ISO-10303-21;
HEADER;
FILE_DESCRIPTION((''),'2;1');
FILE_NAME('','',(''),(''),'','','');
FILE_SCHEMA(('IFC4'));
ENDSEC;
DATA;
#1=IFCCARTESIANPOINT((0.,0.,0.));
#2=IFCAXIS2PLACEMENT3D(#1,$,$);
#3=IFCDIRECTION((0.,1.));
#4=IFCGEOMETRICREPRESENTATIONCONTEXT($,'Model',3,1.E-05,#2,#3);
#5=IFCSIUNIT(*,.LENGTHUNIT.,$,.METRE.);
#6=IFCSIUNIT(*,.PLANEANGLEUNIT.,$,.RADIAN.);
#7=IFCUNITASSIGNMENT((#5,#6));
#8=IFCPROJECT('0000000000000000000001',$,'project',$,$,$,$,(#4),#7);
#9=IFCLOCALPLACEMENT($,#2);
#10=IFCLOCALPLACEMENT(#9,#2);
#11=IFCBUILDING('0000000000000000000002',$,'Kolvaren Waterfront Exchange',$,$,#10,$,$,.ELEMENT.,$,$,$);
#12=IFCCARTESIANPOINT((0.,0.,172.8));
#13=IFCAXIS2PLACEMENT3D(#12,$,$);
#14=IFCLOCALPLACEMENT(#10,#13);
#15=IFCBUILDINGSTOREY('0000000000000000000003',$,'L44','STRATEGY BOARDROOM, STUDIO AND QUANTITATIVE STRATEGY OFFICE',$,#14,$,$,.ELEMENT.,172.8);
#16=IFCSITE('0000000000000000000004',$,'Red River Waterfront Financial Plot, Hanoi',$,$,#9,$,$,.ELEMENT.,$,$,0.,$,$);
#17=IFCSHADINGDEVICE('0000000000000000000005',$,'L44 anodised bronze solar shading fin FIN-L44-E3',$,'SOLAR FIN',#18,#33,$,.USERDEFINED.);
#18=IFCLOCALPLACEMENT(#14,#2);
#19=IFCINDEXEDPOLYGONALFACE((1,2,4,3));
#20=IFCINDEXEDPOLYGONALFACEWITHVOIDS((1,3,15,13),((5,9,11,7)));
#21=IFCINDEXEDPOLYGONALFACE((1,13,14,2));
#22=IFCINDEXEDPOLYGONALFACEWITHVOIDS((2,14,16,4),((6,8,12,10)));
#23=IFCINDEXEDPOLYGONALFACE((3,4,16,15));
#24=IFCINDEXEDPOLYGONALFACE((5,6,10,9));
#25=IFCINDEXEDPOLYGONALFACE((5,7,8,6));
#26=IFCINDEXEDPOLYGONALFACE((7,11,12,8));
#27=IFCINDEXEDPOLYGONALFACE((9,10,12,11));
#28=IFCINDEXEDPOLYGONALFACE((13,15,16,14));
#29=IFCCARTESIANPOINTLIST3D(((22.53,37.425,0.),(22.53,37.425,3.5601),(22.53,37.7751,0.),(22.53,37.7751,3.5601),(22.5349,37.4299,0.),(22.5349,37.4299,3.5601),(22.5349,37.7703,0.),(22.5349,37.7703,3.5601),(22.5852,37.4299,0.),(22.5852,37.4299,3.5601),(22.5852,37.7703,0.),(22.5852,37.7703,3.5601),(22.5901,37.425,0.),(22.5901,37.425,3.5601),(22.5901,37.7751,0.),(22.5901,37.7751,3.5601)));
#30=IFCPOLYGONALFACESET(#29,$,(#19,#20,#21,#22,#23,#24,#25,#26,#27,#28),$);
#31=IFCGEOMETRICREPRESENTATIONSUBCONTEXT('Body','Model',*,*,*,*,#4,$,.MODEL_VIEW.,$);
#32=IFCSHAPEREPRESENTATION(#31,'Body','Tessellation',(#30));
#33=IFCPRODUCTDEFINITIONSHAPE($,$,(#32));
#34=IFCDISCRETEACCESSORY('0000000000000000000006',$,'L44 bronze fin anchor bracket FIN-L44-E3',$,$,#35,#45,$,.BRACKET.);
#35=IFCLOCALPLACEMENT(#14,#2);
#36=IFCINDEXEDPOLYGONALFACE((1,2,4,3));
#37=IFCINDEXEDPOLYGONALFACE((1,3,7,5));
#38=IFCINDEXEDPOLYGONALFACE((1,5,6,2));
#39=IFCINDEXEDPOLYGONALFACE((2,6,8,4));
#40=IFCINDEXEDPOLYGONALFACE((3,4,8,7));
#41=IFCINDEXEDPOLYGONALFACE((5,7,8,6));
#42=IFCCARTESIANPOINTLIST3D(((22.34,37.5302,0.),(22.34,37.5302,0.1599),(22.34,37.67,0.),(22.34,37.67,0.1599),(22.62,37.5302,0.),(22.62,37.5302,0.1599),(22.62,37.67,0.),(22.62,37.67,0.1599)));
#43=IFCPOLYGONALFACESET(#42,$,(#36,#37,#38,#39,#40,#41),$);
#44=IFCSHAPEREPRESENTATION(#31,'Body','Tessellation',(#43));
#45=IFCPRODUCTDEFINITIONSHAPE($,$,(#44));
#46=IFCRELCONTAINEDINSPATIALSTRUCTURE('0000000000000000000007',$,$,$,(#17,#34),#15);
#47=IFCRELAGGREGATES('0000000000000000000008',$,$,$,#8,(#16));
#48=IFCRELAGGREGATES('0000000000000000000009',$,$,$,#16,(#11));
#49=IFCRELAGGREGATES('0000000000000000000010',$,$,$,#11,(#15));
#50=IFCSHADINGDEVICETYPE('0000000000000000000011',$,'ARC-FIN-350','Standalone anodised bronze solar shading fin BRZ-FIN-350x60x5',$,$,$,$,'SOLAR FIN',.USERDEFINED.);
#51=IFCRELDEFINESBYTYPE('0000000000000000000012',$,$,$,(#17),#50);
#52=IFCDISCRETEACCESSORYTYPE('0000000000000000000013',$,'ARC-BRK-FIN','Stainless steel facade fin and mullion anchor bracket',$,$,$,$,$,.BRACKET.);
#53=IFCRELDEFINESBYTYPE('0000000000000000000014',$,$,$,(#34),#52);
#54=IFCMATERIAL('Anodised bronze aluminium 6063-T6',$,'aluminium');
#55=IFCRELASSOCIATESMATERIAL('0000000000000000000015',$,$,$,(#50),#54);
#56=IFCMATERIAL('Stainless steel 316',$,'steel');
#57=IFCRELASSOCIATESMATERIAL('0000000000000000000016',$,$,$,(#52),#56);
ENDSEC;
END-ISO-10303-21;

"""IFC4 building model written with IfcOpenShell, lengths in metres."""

from ifc_helpers import new_model, si_unit, direction, frame, origin, origin_with_axes, origin_2d, place, context, subcontext, project, spatial, rectangle, hollow_rectangle, extrude, source, transform, mapped, material, material_profile, profile_set, type_object, element, save


model = new_model("IFC4")

# Units and contexts
model_context = context("Model", 3, precision=1e-05, world=origin(), true_north=direction((0.0, 1.0)))
body_context = subcontext(model_context, "Body", "Model", "MODEL_VIEW")
ifc_project = project(units=[si_unit("LENGTHUNIT", "METRE"), si_unit("PLANEANGLEUNIT", "RADIAN")], contexts=[model_context])

# Site, building, storey
site_placement = place(None, origin())
site = spatial("IfcSite", under=ifc_project, at=site_placement, Name="Red River Waterfront Financial Plot, Hanoi", CompositionType="ELEMENT", RefElevation=0.0)
building_placement = place(site_placement, origin())
building = spatial("IfcBuilding", under=site, at=building_placement, Name="Kolvaren Waterfront Exchange", CompositionType="ELEMENT")
storey_placement = place(building_placement, frame((0.0, 0.0, 172.8)))
storey = spatial("IfcBuildingStorey", under=building, at=storey_placement, Name="L44", Description="STRATEGY BOARDROOM, STUDIO AND QUANTITATIVE STRATEGY OFFICE", CompositionType="ELEMENT", Elevation=172.8)

# Shared definitions
ifc_material_1 = material(Name="Anodised bronze aluminium 6063-T6", Category="aluminium")

# Shading device
ifc_material_profile_1 = material_profile(ifc_material_1, hollow_rectangle(XDim=0.0601, YDim=0.3501, WallThickness=0.0049, at=origin_2d()), Name="BRZ-FIN-350x60x5")
ifc_profile_set_1 = profile_set([ifc_material_profile_1], Name="Anodised bronze aluminium 6063-T6")
shading_device_type = type_object("IfcShadingDeviceType", Name="ARC-FIN-350", Description="Standalone anodised bronze solar shading fin BRZ-FIN-350x60x5", ElementType="SOLAR FIN", PredefinedType="USERDEFINED", material=ifc_profile_set_1)
shading_device_placement = place(storey_placement, frame((22.5601, 37.6001, 0.0), z_axis=(0.0, 0.0, 1.0), x_axis=(1.0, 0.0, 0.0)))
element("IfcShadingDevice", 1, at=shading_device_placement, inside=storey, type_object=shading_device_type, Name="L44 anodised bronze solar shading fin FIN-L44-E3", ObjectType="SOLAR FIN", PredefinedType="USERDEFINED", context=body_context, shape_type="SweptSolid", body=[
    extrude(hollow_rectangle(XDim=0.0601, YDim=0.3501, WallThickness=0.0049, at=origin_2d()), origin(), (0.0, 0.0, 1.0), 3.5601),
])

# Discrete accessory
ifc_material_2 = material(Name="Stainless steel 316", Category="steel")
discrete_accessory_type = type_object("IfcDiscreteAccessoryType", Name="ARC-BRK-FIN", Description="Stainless steel facade fin and mullion anchor bracket", PredefinedType="BRACKET", material=ifc_material_2)
shared_shape_1 = source(origin_with_axes(), body_context, "Body", "SweptSolid", [
    extrude(rectangle(XDim=0.28, YDim=0.1399, at=origin_2d()), origin(), (0.0, 0.0, 1.0), 0.1599),
])
discrete_accessory_placement = place(storey_placement, frame((22.48, 37.6001, 0.0), z_axis=(0.0, 0.0, 1.0), x_axis=(1.0, 0.0, 0.0)))
element("IfcDiscreteAccessory", 2, at=discrete_accessory_placement, inside=storey, type_object=discrete_accessory_type, Name="L44 bronze fin anchor bracket FIN-L44-E3", PredefinedType="BRACKET", context=body_context, shape_type="MappedRepresentation", body=[
    mapped(shared_shape_1, transform((0.0, 0.0, 0.0), x_axis=(1.0, 0.0, 0.0), y_axis=(0.0, 1.0, 0.0), z_axis=(0.0, 0.0, 1.0), scale=1.0)),
])

save(model, "model.ifc")
